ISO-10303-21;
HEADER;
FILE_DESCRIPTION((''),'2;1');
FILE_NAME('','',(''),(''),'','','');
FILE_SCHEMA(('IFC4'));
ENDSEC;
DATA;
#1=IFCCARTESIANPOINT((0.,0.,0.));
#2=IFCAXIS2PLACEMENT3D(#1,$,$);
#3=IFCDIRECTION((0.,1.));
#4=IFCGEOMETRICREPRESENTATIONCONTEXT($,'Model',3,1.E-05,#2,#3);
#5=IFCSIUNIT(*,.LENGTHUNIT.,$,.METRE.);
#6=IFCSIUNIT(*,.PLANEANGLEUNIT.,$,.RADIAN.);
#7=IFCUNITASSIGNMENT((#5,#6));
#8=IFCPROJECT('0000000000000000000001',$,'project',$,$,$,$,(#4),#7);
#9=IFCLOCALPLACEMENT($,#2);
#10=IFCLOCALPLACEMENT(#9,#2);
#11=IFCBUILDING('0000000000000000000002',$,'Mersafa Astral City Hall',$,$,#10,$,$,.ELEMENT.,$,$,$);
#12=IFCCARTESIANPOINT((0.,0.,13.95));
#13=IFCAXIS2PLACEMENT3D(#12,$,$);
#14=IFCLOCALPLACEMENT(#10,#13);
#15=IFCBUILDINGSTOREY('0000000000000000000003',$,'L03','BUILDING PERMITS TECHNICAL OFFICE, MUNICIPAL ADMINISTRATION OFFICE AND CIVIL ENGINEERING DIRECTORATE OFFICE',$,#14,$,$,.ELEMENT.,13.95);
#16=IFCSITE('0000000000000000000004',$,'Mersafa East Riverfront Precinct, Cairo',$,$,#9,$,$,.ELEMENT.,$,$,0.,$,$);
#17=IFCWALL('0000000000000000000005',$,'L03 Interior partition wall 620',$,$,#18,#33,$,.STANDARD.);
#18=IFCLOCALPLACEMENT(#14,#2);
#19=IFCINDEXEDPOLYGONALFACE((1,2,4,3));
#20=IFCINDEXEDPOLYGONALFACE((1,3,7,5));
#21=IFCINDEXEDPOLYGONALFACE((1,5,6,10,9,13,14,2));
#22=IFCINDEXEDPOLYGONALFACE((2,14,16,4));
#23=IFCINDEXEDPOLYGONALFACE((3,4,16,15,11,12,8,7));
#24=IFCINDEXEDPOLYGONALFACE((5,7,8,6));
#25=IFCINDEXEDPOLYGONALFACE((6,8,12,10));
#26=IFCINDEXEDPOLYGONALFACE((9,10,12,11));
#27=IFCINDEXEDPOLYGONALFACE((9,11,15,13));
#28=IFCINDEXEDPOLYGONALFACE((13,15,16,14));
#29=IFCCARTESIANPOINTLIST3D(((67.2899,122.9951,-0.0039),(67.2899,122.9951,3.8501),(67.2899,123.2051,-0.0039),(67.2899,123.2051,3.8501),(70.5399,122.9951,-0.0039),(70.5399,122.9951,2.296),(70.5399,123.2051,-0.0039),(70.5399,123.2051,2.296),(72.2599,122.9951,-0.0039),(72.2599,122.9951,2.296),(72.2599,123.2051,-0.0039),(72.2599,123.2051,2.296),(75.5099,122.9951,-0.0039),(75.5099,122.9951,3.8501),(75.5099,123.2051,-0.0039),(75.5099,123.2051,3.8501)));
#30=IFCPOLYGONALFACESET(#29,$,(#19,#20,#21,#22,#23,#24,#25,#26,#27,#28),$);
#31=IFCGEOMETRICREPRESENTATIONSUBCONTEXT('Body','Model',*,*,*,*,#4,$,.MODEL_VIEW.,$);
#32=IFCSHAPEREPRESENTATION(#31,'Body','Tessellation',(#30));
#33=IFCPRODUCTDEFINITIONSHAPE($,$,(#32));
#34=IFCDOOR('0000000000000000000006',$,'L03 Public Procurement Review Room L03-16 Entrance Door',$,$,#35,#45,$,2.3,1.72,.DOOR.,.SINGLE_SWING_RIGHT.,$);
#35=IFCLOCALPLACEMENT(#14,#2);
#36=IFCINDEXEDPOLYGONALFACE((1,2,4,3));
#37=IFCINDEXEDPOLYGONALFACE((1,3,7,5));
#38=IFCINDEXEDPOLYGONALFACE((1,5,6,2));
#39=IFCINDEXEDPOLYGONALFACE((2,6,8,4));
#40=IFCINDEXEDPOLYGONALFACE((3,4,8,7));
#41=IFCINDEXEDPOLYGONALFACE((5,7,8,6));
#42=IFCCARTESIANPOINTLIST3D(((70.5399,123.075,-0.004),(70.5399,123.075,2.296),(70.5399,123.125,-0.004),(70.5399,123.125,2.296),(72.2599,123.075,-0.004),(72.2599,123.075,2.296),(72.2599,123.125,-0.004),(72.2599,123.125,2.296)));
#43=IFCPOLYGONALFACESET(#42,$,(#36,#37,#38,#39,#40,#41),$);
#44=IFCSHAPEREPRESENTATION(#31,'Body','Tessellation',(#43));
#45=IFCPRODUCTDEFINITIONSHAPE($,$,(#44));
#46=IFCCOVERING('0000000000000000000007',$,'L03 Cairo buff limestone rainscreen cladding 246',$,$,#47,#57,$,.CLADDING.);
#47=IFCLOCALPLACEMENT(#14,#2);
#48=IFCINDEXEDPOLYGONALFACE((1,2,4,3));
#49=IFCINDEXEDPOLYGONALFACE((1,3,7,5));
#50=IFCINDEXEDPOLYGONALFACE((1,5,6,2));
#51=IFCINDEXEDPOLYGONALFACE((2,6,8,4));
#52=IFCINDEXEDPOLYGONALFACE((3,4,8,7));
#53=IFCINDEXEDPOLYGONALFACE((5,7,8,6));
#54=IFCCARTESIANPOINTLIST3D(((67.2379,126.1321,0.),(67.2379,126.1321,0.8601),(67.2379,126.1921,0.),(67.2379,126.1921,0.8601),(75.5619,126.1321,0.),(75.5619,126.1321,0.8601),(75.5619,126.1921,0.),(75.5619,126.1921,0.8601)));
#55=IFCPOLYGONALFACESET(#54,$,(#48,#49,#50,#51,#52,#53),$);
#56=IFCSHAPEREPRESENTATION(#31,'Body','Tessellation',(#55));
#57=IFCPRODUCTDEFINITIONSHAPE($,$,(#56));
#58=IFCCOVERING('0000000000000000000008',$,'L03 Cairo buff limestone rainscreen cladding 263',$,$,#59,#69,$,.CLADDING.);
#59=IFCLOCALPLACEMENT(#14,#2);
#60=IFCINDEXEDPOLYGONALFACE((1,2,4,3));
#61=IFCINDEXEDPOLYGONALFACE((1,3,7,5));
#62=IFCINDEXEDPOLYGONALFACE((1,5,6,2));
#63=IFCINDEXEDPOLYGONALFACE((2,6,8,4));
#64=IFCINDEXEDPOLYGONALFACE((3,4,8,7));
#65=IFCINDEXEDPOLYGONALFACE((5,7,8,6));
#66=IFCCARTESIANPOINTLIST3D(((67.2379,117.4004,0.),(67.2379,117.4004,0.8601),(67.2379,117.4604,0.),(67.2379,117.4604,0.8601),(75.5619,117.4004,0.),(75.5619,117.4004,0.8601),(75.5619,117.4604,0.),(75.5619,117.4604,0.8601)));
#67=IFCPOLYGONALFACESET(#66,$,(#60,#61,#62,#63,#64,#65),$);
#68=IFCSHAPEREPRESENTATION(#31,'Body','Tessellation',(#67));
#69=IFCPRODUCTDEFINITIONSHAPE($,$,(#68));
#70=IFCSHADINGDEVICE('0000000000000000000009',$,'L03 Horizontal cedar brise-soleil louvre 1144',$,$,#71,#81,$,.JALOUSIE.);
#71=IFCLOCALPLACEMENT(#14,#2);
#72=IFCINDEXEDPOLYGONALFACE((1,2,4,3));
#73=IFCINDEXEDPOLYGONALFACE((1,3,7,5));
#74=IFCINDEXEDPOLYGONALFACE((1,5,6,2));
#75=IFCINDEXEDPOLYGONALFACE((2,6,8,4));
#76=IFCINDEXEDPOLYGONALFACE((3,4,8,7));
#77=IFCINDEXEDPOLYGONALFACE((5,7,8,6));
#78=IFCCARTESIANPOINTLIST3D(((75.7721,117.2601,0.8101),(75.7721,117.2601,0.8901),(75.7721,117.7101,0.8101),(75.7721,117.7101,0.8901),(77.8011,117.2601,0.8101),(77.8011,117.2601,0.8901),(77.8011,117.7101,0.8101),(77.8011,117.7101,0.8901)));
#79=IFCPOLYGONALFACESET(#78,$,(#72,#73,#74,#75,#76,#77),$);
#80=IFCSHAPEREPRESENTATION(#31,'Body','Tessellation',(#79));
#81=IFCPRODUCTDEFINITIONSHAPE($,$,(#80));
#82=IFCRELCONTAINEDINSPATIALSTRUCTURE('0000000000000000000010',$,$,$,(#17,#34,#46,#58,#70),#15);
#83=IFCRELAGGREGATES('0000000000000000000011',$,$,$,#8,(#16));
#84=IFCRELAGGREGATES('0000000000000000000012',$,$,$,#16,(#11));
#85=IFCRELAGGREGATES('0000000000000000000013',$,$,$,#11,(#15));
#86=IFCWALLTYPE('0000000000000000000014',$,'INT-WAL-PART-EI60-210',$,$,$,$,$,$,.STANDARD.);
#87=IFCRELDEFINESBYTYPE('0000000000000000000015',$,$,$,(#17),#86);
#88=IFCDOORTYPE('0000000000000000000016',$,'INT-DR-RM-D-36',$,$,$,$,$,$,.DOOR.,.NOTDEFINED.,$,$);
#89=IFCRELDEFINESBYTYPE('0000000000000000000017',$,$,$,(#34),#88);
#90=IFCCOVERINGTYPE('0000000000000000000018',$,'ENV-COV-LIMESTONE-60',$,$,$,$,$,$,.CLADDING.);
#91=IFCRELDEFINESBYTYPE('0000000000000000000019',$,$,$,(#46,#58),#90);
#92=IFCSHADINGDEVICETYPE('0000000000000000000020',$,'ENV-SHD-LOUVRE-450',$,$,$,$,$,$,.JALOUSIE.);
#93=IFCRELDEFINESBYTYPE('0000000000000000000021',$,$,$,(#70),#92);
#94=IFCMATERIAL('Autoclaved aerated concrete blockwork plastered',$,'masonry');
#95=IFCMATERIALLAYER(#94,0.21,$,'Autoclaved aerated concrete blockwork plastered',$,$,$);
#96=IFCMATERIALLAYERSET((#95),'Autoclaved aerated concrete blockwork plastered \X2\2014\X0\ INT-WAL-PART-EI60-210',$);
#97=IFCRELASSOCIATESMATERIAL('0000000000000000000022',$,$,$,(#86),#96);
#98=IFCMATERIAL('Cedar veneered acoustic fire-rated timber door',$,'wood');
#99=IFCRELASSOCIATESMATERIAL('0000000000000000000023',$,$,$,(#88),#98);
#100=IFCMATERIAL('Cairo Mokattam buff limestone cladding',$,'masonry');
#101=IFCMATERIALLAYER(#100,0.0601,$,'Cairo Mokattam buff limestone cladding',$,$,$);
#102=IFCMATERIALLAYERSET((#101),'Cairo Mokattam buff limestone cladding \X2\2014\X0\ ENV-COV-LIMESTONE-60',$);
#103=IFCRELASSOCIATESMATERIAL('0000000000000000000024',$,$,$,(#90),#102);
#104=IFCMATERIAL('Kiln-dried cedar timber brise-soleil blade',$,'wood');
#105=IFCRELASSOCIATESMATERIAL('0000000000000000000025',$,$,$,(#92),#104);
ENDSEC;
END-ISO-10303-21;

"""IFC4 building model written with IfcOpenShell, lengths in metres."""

from ifc_helpers import new_model, si_unit, direction, frame, frame_2d, origin, origin_2d, place, context, subcontext, project, spatial, rectangle, extrude, material, layer, layer_set, type_object, element, fill, save


model = new_model("IFC4")

# Units and contexts
model_context = context("Model", 3, precision=1e-05, world=origin(), true_north=direction((0.0, 1.0)))
body_context = subcontext(model_context, "Body", "Model", "MODEL_VIEW")
ifc_project = project(units=[si_unit("LENGTHUNIT", "METRE"), si_unit("PLANEANGLEUNIT", "RADIAN")], contexts=[model_context])

# Site, building, storey
site_placement = place(None, origin())
site = spatial("IfcSite", under=ifc_project, at=site_placement, Name="Mersafa East Riverfront Precinct, Cairo", CompositionType="ELEMENT", RefElevation=0.0)
building_placement = place(site_placement, origin())
building = spatial("IfcBuilding", under=site, at=building_placement, Name="Mersafa Astral City Hall", CompositionType="ELEMENT")
storey_placement = place(building_placement, frame((0.0, 0.0, 13.95)))
storey = spatial("IfcBuildingStorey", under=building, at=storey_placement, Name="L03", Description="BUILDING PERMITS TECHNICAL OFFICE, MUNICIPAL ADMINISTRATION OFFICE AND CIVIL ENGINEERING DIRECTORATE OFFICE", CompositionType="ELEMENT", Elevation=13.95)

# Shared definitions
ifc_material_1 = material(Name="Cedar veneered acoustic fire-rated timber door", Category="wood")

# Wall, opening, door
ifc_material_2 = material(Name="Autoclaved aerated concrete blockwork plastered", Category="masonry")
ifc_layer_1 = layer(ifc_material_2, 0.21, Name="Autoclaved aerated concrete blockwork plastered")
ifc_layer_set_1 = layer_set([ifc_layer_1], Name="Autoclaved aerated concrete blockwork plastered — INT-WAL-PART-EI60-210")
wall_type_1 = type_object("IfcWallType", Name="INT-WAL-PART-EI60-210", PredefinedType="STANDARD", material=ifc_layer_set_1)
wall_1_placement = place(storey_placement, frame((67.29, 123.1001, -0.0039), z_axis=(0.0, 0.0, 1.0), x_axis=(1.0, 0.0, 0.0)))
wall_1 = element("IfcWall", 1, at=wall_1_placement, inside=storey, type_object=wall_type_1, Name="L03 Interior partition wall 620", PredefinedType="STANDARD", context=body_context, shape_type="SweptSolid", body=[
    extrude(rectangle(XDim=8.22, YDim=0.21, at=frame_2d((4.1099, 0.0))), origin(), (0.0, 0.0, 1.0), 3.854),
])
opening_1_placement = place(wall_1_placement, frame((3.25, 0.0, 0.0)))
opening_1 = element("IfcOpeningElement", 2, at=opening_1_placement, cuts=wall_1, PredefinedType="OPENING", context=body_context, shape_type="SweptSolid", body=[
    extrude(rectangle(XDim=1.72, YDim=2.3, at=frame_2d((0.8599, 1.1499))), frame((0.0, 0.115, 0.0), z_axis=(0.0, -1.0, 0.0), x_axis=(1.0, 0.0, 0.0)), (0.0, 0.0, 1.0), 0.23),
])
door_type_1 = type_object("IfcDoorType", Name="INT-DR-RM-D-36", OperationType="NOTDEFINED", PredefinedType="DOOR", material=ifc_material_1)
door_1_placement = place(opening_1_placement, origin())
door_1 = element("IfcDoor", 3, at=door_1_placement, inside=storey, type_object=door_type_1, Name="L03 Public Procurement Review Room L03-16 Entrance Door", OperationType="SINGLE_SWING_RIGHT", OverallHeight=2.3, OverallWidth=1.72, PredefinedType="DOOR", context=body_context, shape_type="SweptSolid", body=[
    extrude(rectangle(XDim=1.72, YDim=2.3, at=frame_2d((0.8599, 1.1499))), frame((0.0, 0.0249, 0.0), z_axis=(0.0, -1.0, 0.0), x_axis=(1.0, 0.0, 0.0)), (0.0, 0.0, 1.0), 0.05),
])
fill(opening_1, door_1)

# Coverings
ifc_material_3 = material(Name="Cairo Mokattam buff limestone cladding", Category="masonry")
ifc_layer_2 = layer(ifc_material_3, 0.0601, Name="Cairo Mokattam buff limestone cladding")
ifc_layer_set_2 = layer_set([ifc_layer_2], Name="Cairo Mokattam buff limestone cladding — ENV-COV-LIMESTONE-60")
covering_type = type_object("IfcCoveringType", Name="ENV-COV-LIMESTONE-60", PredefinedType="CLADDING", material=ifc_layer_set_2)
for number, where, z_axis, x_axis, name in (
    (4, (71.3999, 126.1621, 0.0), (0.0, 0.0, 1.0), (-1.0, 0.0, 0.0), "L03 Cairo buff limestone rainscreen cladding 246"),
    (5, (71.3999, 117.4304, 0.0), (0.0, 0.0, 1.0), (1.0, 0.0, 0.0), "L03 Cairo buff limestone rainscreen cladding 263"),
):
    element("IfcCovering", number, at=place(storey_placement, frame(where, z_axis=z_axis, x_axis=x_axis)), inside=storey, type_object=covering_type, Name=name, PredefinedType="CLADDING", context=body_context, shape_type="SweptSolid", body=[
        extrude(rectangle(XDim=8.324, YDim=0.0601, at=origin_2d()), origin(), (0.0, 0.0, 1.0), 0.8601),
    ])

# Shading device
ifc_material_4 = material(Name="Kiln-dried cedar timber brise-soleil blade", Category="wood")
shading_device_type = type_object("IfcShadingDeviceType", Name="ENV-SHD-LOUVRE-450", PredefinedType="JALOUSIE", material=ifc_material_4)
shading_device_placement = place(storey_placement, frame((76.7866, 117.4851, 0.8101), z_axis=(0.0, 0.0, 1.0), x_axis=(1.0, 0.0, 0.0)))
element("IfcShadingDevice", 6, at=shading_device_placement, inside=storey, type_object=shading_device_type, Name="L03 Horizontal cedar brise-soleil louvre 1144", PredefinedType="JALOUSIE", context=body_context, shape_type="SweptSolid", body=[
    extrude(rectangle(XDim=2.0291, YDim=0.45, at=origin_2d()), origin(), (0.0, 0.0, 1.0), 0.0801),
])

save(model, "model.ifc")
